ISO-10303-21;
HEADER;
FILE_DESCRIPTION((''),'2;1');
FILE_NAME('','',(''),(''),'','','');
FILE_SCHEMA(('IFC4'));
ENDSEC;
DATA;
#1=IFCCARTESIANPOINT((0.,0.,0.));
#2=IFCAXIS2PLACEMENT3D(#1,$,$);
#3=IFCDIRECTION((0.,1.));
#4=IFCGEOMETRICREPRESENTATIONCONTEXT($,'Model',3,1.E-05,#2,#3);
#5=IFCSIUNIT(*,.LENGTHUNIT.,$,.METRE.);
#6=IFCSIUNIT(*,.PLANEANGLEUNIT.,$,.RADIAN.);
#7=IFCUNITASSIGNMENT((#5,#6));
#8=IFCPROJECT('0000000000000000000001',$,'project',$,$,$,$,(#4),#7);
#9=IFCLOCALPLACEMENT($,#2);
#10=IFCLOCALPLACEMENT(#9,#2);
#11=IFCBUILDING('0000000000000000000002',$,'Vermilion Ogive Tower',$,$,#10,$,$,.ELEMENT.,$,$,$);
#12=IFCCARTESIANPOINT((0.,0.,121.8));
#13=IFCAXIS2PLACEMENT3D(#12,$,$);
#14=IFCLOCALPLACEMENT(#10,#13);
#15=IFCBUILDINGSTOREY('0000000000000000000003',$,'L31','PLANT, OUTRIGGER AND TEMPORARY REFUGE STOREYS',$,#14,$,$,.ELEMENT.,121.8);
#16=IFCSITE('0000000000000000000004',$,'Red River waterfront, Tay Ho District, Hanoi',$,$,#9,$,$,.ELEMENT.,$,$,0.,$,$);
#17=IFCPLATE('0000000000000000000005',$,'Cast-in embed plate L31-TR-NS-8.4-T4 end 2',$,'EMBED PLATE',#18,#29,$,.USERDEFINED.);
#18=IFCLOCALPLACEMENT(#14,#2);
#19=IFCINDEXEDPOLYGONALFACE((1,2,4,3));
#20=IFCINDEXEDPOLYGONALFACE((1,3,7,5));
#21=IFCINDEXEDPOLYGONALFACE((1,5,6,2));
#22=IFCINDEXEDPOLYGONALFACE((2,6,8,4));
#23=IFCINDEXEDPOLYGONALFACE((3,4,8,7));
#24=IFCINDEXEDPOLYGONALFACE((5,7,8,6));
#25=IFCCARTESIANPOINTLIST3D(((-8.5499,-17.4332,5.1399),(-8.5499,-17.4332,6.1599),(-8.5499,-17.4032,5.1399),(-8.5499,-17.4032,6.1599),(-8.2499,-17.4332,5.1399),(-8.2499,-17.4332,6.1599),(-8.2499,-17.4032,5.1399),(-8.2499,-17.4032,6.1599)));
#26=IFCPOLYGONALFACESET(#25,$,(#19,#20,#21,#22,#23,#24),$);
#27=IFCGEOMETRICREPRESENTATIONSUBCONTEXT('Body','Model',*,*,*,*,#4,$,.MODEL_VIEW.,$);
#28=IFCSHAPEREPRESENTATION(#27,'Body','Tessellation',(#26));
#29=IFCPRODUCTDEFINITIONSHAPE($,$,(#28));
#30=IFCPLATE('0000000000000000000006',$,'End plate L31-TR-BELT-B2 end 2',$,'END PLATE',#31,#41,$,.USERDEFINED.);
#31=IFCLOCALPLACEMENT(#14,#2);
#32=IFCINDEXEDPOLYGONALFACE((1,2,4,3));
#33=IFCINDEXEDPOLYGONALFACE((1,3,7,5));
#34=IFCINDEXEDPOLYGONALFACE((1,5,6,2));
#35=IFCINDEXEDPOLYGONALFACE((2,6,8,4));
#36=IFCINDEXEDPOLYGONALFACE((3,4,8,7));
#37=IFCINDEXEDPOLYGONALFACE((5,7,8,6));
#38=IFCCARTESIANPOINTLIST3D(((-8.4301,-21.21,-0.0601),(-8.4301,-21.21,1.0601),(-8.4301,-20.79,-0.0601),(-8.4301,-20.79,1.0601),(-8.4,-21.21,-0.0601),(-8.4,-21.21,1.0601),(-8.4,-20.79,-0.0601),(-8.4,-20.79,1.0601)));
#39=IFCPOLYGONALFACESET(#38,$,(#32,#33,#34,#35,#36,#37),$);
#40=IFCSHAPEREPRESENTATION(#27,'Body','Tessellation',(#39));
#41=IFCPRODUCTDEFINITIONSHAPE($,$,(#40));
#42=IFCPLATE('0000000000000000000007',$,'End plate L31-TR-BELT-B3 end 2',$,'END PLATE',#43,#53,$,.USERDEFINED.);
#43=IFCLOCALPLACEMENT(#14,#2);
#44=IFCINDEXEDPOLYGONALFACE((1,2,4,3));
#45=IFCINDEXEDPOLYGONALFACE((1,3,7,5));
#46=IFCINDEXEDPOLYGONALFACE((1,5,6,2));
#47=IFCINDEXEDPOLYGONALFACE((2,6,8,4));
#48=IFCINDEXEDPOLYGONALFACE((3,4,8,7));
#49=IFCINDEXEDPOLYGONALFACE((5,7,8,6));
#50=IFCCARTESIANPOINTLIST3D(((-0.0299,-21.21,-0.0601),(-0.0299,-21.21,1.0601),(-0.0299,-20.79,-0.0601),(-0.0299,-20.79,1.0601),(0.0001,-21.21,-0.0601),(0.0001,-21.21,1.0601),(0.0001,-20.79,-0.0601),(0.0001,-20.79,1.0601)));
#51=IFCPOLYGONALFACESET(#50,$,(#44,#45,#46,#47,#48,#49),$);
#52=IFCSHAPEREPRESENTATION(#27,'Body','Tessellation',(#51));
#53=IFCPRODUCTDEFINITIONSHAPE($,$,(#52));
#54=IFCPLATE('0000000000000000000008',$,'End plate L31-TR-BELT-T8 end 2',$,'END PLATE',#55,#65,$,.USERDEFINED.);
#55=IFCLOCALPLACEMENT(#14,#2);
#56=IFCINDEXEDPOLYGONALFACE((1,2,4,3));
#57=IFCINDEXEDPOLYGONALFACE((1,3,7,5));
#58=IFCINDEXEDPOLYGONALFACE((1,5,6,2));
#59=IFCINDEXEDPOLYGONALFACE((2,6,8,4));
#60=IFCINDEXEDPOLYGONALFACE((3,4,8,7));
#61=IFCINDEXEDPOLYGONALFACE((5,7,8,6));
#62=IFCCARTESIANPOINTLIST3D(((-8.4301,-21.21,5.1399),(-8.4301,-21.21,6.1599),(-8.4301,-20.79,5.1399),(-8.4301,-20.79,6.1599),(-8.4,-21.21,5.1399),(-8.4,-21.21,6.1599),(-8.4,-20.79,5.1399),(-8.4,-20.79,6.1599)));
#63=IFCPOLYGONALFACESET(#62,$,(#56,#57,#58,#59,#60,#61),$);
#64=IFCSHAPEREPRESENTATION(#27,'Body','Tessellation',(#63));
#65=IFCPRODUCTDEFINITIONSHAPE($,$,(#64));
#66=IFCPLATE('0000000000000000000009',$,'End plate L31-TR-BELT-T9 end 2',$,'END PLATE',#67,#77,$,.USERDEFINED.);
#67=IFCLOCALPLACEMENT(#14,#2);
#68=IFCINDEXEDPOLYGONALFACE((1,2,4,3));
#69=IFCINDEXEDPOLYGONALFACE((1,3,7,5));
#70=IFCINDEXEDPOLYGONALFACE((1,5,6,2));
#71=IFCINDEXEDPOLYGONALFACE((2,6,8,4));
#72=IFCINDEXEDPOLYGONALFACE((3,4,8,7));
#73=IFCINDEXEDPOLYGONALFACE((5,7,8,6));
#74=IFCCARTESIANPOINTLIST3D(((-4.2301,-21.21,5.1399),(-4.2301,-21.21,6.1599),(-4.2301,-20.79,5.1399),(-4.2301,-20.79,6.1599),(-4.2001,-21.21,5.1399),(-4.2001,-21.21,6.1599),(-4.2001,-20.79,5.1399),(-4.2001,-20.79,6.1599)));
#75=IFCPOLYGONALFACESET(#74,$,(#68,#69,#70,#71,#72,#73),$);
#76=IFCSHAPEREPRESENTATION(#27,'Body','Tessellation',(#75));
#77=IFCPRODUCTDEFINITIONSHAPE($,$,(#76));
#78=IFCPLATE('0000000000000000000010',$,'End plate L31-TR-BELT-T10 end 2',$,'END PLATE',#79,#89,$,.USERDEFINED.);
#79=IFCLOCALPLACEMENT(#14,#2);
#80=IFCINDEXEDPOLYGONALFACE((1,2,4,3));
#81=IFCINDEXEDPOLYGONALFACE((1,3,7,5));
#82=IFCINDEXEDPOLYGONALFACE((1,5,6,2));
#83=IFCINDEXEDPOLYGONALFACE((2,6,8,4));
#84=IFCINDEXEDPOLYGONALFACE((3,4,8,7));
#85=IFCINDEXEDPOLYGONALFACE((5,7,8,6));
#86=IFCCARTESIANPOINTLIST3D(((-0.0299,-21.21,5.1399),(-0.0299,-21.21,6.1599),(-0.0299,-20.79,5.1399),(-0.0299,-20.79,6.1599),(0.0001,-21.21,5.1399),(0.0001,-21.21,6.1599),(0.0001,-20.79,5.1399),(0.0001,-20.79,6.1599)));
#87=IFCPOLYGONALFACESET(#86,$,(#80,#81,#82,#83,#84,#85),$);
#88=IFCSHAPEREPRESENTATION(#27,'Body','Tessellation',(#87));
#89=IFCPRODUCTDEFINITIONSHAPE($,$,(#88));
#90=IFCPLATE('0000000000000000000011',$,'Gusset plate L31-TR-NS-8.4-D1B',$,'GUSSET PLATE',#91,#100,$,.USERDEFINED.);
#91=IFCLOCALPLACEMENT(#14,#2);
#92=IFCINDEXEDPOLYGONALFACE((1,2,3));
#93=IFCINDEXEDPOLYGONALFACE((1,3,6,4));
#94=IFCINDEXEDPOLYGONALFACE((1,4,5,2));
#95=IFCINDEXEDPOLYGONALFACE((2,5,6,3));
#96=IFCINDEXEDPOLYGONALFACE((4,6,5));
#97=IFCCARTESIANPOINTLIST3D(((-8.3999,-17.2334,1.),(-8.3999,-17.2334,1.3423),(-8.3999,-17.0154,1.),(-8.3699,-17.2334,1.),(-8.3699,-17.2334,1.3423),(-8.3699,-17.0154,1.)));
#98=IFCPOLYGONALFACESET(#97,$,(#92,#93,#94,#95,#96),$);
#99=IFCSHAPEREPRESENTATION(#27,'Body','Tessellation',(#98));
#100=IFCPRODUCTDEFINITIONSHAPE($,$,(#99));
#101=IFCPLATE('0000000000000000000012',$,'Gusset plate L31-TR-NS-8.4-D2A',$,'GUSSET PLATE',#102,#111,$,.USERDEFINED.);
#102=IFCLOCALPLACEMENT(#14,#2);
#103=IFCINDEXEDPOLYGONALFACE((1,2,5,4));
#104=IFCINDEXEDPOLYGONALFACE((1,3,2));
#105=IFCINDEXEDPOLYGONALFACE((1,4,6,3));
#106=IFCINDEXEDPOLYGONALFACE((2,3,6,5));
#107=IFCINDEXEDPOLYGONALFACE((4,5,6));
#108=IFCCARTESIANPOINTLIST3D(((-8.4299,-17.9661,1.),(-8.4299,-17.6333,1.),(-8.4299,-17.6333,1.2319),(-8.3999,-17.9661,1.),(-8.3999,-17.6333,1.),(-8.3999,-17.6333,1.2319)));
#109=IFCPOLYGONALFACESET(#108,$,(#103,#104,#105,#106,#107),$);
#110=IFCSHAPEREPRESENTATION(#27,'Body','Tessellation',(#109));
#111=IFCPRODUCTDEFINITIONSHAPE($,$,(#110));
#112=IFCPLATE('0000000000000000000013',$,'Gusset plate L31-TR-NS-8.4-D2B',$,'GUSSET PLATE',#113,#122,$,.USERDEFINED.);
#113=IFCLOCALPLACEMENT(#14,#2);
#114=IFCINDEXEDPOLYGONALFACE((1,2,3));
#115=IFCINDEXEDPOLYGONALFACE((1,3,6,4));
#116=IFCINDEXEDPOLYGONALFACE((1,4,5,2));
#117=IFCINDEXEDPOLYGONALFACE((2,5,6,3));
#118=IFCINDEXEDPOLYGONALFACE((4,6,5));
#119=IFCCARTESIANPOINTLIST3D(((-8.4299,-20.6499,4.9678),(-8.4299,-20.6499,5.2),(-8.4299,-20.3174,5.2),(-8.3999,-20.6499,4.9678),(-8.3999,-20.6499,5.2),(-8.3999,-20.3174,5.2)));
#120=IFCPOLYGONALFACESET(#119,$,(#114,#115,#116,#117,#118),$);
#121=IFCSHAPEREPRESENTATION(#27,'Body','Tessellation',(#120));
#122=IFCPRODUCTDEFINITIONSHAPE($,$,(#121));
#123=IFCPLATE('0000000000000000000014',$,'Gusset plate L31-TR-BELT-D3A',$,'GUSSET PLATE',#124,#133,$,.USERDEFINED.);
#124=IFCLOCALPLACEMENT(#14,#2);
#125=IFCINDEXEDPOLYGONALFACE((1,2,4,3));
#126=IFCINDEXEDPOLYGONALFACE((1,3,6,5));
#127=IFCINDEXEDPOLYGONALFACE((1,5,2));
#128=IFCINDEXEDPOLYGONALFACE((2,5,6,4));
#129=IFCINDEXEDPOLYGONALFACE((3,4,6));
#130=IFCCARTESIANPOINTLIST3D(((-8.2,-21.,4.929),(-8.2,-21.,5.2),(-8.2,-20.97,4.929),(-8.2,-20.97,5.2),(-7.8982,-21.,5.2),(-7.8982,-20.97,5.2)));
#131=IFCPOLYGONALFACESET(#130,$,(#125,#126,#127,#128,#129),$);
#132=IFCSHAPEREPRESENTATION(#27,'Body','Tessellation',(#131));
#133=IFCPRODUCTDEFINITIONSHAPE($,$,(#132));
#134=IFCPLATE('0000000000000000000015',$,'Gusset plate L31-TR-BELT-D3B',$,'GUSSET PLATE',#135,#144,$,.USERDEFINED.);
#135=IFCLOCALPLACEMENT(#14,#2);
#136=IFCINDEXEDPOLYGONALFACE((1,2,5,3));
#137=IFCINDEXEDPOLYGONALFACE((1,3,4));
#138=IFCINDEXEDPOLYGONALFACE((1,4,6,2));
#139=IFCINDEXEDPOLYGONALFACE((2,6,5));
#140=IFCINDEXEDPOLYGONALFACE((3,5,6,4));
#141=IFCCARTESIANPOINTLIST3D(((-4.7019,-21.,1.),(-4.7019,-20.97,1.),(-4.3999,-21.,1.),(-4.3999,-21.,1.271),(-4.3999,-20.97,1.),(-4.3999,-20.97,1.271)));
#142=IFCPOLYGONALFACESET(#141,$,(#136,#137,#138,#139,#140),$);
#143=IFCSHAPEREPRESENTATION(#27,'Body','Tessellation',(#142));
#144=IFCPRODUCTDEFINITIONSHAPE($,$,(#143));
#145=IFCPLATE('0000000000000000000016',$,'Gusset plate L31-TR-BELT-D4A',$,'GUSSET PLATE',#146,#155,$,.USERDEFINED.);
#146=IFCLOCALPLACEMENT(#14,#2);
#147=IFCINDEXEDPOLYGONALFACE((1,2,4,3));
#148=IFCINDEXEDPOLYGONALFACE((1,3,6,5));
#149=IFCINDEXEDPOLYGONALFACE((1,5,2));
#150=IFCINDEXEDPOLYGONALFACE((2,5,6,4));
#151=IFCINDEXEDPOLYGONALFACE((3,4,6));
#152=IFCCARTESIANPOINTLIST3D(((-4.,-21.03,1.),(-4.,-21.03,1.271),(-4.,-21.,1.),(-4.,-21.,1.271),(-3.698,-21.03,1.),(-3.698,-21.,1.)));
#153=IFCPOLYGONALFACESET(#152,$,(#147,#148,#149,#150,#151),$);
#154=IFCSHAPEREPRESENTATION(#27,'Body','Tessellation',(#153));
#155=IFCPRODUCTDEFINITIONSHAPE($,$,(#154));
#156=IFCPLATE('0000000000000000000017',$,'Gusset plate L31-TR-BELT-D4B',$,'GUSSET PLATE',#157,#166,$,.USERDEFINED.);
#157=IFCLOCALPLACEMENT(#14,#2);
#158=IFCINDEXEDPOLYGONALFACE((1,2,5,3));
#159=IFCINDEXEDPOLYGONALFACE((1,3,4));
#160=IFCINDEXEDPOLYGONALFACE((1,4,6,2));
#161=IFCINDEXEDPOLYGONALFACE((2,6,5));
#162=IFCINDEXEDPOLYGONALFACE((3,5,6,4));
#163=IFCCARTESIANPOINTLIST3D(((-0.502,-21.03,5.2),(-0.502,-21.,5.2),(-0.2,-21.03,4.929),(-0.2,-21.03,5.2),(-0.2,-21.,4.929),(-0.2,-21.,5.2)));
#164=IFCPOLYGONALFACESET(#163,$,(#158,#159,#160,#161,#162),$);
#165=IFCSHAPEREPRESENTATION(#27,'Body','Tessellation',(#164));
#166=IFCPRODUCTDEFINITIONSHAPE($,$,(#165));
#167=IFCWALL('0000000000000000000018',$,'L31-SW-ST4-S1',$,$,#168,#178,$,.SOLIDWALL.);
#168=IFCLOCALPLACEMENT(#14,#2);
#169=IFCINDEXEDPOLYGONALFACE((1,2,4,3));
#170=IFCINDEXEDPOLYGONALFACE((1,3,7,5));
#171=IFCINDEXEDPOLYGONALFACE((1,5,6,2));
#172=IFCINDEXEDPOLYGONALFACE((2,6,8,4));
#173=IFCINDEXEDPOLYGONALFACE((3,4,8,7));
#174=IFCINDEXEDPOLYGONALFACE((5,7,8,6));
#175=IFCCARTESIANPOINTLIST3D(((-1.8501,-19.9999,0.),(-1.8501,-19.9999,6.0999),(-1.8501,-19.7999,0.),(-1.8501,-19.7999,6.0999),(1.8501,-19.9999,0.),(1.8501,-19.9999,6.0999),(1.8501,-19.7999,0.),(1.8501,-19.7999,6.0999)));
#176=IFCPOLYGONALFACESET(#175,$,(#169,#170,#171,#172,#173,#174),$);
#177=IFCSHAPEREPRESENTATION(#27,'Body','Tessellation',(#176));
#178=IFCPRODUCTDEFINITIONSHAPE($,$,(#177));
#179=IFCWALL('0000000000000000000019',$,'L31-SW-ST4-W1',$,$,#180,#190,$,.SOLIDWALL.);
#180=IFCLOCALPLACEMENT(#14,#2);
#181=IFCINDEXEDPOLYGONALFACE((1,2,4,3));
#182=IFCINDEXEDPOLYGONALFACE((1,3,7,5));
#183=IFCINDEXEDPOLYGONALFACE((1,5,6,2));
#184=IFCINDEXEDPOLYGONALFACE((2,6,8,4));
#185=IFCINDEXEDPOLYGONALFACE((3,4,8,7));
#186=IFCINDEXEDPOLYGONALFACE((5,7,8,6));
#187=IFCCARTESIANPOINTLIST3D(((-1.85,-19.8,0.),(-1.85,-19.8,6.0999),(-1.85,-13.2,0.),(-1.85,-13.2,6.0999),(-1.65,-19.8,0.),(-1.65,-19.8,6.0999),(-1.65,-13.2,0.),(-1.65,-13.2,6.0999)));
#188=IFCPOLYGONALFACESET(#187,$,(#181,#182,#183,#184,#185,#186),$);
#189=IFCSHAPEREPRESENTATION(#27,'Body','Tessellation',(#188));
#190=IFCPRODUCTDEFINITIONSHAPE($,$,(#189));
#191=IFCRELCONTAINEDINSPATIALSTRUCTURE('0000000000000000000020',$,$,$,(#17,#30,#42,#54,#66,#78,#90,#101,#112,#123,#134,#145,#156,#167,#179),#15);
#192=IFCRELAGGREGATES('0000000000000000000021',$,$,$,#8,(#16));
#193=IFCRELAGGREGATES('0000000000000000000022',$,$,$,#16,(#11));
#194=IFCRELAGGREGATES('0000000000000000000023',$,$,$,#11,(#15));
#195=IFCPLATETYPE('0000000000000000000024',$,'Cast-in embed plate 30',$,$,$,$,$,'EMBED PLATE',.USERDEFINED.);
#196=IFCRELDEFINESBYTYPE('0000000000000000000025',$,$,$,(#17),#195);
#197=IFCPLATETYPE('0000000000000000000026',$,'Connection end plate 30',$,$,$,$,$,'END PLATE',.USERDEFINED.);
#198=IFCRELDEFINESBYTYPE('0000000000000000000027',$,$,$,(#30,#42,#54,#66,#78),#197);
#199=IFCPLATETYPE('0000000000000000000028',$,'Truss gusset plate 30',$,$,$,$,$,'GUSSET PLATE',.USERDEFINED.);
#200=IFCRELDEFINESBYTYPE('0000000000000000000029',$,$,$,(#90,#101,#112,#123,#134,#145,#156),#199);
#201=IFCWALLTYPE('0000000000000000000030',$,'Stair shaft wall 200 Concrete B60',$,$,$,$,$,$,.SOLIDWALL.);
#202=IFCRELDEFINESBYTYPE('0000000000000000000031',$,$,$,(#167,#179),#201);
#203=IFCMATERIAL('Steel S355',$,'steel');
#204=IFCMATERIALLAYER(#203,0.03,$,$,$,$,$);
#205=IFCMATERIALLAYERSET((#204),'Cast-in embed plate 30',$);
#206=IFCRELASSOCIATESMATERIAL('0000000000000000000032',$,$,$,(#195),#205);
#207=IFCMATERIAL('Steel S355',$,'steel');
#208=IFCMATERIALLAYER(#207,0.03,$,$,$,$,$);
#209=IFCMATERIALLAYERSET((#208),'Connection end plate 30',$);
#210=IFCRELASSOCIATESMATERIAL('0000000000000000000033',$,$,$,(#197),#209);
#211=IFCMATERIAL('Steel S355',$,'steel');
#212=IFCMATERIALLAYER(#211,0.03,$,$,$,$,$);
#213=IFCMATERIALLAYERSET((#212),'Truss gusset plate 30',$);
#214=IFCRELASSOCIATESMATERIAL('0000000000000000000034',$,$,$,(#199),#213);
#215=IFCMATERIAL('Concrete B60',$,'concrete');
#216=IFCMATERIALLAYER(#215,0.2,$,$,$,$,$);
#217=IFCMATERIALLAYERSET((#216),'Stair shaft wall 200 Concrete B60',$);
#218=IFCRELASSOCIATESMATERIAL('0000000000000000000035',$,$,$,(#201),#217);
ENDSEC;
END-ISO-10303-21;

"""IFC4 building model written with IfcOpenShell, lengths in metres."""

from ifc_helpers import new_model, si_unit, direction, frame, frame_2d, origin, origin_2d, place, context, subcontext, project, spatial, polyline, rectangle, outline, extrude, material, layer, layer_set, type_object, element, save


model = new_model("IFC4")

# Units and contexts
model_context = context("Model", 3, precision=1e-05, world=origin(), true_north=direction((0.0, 1.0)))
body_context = subcontext(model_context, "Body", "Model", "MODEL_VIEW")
ifc_project = project(units=[si_unit("LENGTHUNIT", "METRE"), si_unit("PLANEANGLEUNIT", "RADIAN")], contexts=[model_context])

# Site, building, storey
site_placement = place(None, origin())
site = spatial("IfcSite", under=ifc_project, at=site_placement, Name="Red River waterfront, Tay Ho District, Hanoi", CompositionType="ELEMENT", RefElevation=0.0)
building_placement = place(site_placement, origin())
building = spatial("IfcBuilding", under=site, at=building_placement, Name="Vermilion Ogive Tower", CompositionType="ELEMENT")
storey_placement = place(building_placement, frame((0.0, 0.0, 121.8)))
storey = spatial("IfcBuildingStorey", under=building, at=storey_placement, Name="L31", Description="PLANT, OUTRIGGER AND TEMPORARY REFUGE STOREYS", CompositionType="ELEMENT", Elevation=121.8)

# Plates
ifc_material_1 = material(Name="Steel S355", Category="steel")
ifc_layer_1 = layer(ifc_material_1, 0.03)
ifc_layer_set_1 = layer_set([ifc_layer_1], Name="Cast-in embed plate 30")
plate_type_1 = type_object("IfcPlateType", Name="Cast-in embed plate 30", ElementType="EMBED PLATE", PredefinedType="USERDEFINED", material=ifc_layer_set_1)
plate_1_placement = place(storey_placement, frame((-8.3999, -17.4182, 5.1399), z_axis=(0.0, 0.0, 1.0), x_axis=(1.0, 0.0, 0.0)))
element("IfcPlate", 1, at=plate_1_placement, inside=storey, type_object=plate_type_1, Name="Cast-in embed plate L31-TR-NS-8.4-T4 end 2", ObjectType="EMBED PLATE", PredefinedType="USERDEFINED", context=body_context, shape_type="SweptSolid", body=[
    extrude(rectangle(XDim=0.3, YDim=0.03, at=origin_2d()), origin(), (0.0, 0.0, 1.0), 1.02),
])
ifc_material_2 = material(Name="Steel S355", Category="steel")
ifc_layer_2 = layer(ifc_material_2, 0.03)
ifc_layer_set_2 = layer_set([ifc_layer_2], Name="Connection end plate 30")
plate_type_2 = type_object("IfcPlateType", Name="Connection end plate 30", ElementType="END PLATE", PredefinedType="USERDEFINED", material=ifc_layer_set_2)
for number, where, z_axis, x_axis, name in (
    (2, (-8.415, -21.0, -0.0601), (0.0, 0.0, 1.0), (1.0, 0.0, 0.0), "End plate L31-TR-BELT-B2 end 2"),
    (3, (-0.0149, -21.0, -0.0601), (0.0, 0.0, 1.0), (1.0, 0.0, 0.0), "End plate L31-TR-BELT-B3 end 2"),
):
    element("IfcPlate", number, at=place(storey_placement, frame(where, z_axis=z_axis, x_axis=x_axis)), inside=storey, type_object=plate_type_2, Name=name, ObjectType="END PLATE", PredefinedType="USERDEFINED", context=body_context, shape_type="SweptSolid", body=[
        extrude(rectangle(XDim=0.03, YDim=0.4199, at=origin_2d()), origin(), (0.0, 0.0, 1.0), 1.1201),
    ])
for number, where, z_axis, x_axis, name in (
    (4, (-8.415, -21.0, 5.1399), (0.0, 0.0, 1.0), (1.0, 0.0, 0.0), "End plate L31-TR-BELT-T8 end 2"),
    (5, (-4.2151, -21.0, 5.1399), (0.0, 0.0, 1.0), (1.0, 0.0, 0.0), "End plate L31-TR-BELT-T9 end 2"),
    (6, (-0.0149, -21.0, 5.1399), (0.0, 0.0, 1.0), (1.0, 0.0, 0.0), "End plate L31-TR-BELT-T10 end 2"),
):
    element("IfcPlate", number, at=place(storey_placement, frame(where, z_axis=z_axis, x_axis=x_axis)), inside=storey, type_object=plate_type_2, Name=name, ObjectType="END PLATE", PredefinedType="USERDEFINED", context=body_context, shape_type="SweptSolid", body=[
        extrude(rectangle(XDim=0.03, YDim=0.4199, at=origin_2d()), origin(), (0.0, 0.0, 1.0), 1.02),
    ])
ifc_material_3 = material(Name="Steel S355", Category="steel")
ifc_layer_3 = layer(ifc_material_3, 0.03)
ifc_layer_set_3 = layer_set([ifc_layer_3], Name="Truss gusset plate 30")
plate_type_3 = type_object("IfcPlateType", Name="Truss gusset plate 30", ElementType="GUSSET PLATE", PredefinedType="USERDEFINED", material=ifc_layer_set_3)
plate_2_placement = place(storey_placement, frame((-8.3999, -17.2334, 1.3423), z_axis=(-1.0, 0.0, 0.0), x_axis=(0.0, 0.537226, -0.843438)))
element("IfcPlate", 7, at=plate_2_placement, inside=storey, type_object=plate_type_3, Name="Gusset plate L31-TR-NS-8.4-D1B", ObjectType="GUSSET PLATE", PredefinedType="USERDEFINED", context=body_context, shape_type="SweptSolid", body=[
    extrude(outline(polyline([(0.0, 0.0), (0.4058, 0.0), (0.2887, 0.1839), (0.0, 0.0)])), origin(), (0.0, 0.0, -1.0), 0.03),
])
plate_3_placement = place(storey_placement, frame((-8.3999, -17.6333, 1.2319), z_axis=(1.0, 0.0, 0.0), x_axis=(0.0, -0.82039, -0.571805)))
element("IfcPlate", 8, at=plate_3_placement, inside=storey, type_object=plate_type_3, Name="Gusset plate L31-TR-NS-8.4-D2A", ObjectType="GUSSET PLATE", PredefinedType="USERDEFINED", context=body_context, shape_type="SweptSolid", body=[
    extrude(outline(polyline([(0.0, 0.0), (0.4056, 0.0), (0.1326, 0.1903), (0.0, 0.0)])), origin(), (0.0, 0.0, -1.0), 0.03),
])
plate_4_placement = place(storey_placement, frame((-8.3999, -20.6499, 4.9678), z_axis=(1.0, 0.0, 0.0), x_axis=(0.0, 0.81991, 0.572492)))
element("IfcPlate", 9, at=plate_4_placement, inside=storey, type_object=plate_type_3, Name="Gusset plate L31-TR-NS-8.4-D2B", ObjectType="GUSSET PLATE", PredefinedType="USERDEFINED", context=body_context, shape_type="SweptSolid", body=[
    extrude(outline(polyline([(0.0, 0.0), (0.4056, 0.0), (0.1329, 0.1904), (0.0, 0.0)])), origin(), (0.0, 0.0, -1.0), 0.03),
])
plate_5_placement = place(storey_placement, frame((-8.2, -21.0, 4.929), z_axis=(0.0, -1.0, 0.0), x_axis=(0.744012, 0.0, 0.668166)))
element("IfcPlate", 10, at=plate_5_placement, inside=storey, type_object=plate_type_3, Name="Gusset plate L31-TR-BELT-D3A", ObjectType="GUSSET PLATE", PredefinedType="USERDEFINED", context=body_context, shape_type="SweptSolid", body=[
    extrude(outline(polyline([(0.0, 0.0), (0.4056, 0.0), (0.1811, 0.2016), (0.0, 0.0)])), origin(), (0.0, 0.0, -1.0), 0.03),
])
for number, where, z_axis, x_axis, name in (
    (11, (-4.3999, -21.0, 1.271), (0.0, -1.0, 0.0), (-0.744281, 0.0, -0.667867), "Gusset plate L31-TR-BELT-D3B"),
    (12, (-4.0, -21.0, 1.271), (0.0, 1.0, 0.0), (0.744281, 0.0, -0.667867), "Gusset plate L31-TR-BELT-D4A"),
    (13, (-0.2, -21.0, 4.929), (0.0, 1.0, 0.0), (-0.744281, 0.0, 0.667867), "Gusset plate L31-TR-BELT-D4B"),
):
    element("IfcPlate", number, at=place(storey_placement, frame(where, z_axis=z_axis, x_axis=x_axis)), inside=storey, type_object=plate_type_3, Name=name, ObjectType="GUSSET PLATE", PredefinedType="USERDEFINED", context=body_context, shape_type="SweptSolid", body=[
        extrude(outline(polyline([(0.0, 0.0), (0.4058, 0.0), (0.181, 0.2017), (0.0, 0.0)])), origin(), (0.0, 0.0, -1.0), 0.03),
    ])

# Walls
ifc_material_4 = material(Name="Concrete B60", Category="concrete")
ifc_layer_4 = layer(ifc_material_4, 0.2)
ifc_layer_set_4 = layer_set([ifc_layer_4], Name="Stair shaft wall 200 Concrete B60")
wall_type = type_object("IfcWallType", Name="Stair shaft wall 200 Concrete B60", PredefinedType="SOLIDWALL", material=ifc_layer_set_4)
wall_1_placement = place(storey_placement, frame((-1.8501, -19.8999, 0.0), z_axis=(0.0, 0.0, 1.0), x_axis=(1.0, 0.0, 0.0)))
element("IfcWall", 14, at=wall_1_placement, inside=storey, type_object=wall_type, Name="L31-SW-ST4-S1", PredefinedType="SOLIDWALL", context=body_context, shape_type="SweptSolid", body=[
    extrude(rectangle(XDim=3.7002, YDim=0.2, at=frame_2d((1.8501, 0.0))), origin(), (0.0, 0.0, 1.0), 6.0999),
])
wall_2_placement = place(storey_placement, frame((-1.75, -19.8, 0.0), z_axis=(0.0, 0.0, 1.0), x_axis=(0.0, 1.0, 0.0)))
element("IfcWall", 15, at=wall_2_placement, inside=storey, type_object=wall_type, Name="L31-SW-ST4-W1", PredefinedType="SOLIDWALL", context=body_context, shape_type="SweptSolid", body=[
    extrude(rectangle(XDim=6.6001, YDim=0.2, at=frame_2d((3.3, 0.0))), origin(), (0.0, 0.0, 1.0), 6.0999),
])

save(model, "model.ifc")
